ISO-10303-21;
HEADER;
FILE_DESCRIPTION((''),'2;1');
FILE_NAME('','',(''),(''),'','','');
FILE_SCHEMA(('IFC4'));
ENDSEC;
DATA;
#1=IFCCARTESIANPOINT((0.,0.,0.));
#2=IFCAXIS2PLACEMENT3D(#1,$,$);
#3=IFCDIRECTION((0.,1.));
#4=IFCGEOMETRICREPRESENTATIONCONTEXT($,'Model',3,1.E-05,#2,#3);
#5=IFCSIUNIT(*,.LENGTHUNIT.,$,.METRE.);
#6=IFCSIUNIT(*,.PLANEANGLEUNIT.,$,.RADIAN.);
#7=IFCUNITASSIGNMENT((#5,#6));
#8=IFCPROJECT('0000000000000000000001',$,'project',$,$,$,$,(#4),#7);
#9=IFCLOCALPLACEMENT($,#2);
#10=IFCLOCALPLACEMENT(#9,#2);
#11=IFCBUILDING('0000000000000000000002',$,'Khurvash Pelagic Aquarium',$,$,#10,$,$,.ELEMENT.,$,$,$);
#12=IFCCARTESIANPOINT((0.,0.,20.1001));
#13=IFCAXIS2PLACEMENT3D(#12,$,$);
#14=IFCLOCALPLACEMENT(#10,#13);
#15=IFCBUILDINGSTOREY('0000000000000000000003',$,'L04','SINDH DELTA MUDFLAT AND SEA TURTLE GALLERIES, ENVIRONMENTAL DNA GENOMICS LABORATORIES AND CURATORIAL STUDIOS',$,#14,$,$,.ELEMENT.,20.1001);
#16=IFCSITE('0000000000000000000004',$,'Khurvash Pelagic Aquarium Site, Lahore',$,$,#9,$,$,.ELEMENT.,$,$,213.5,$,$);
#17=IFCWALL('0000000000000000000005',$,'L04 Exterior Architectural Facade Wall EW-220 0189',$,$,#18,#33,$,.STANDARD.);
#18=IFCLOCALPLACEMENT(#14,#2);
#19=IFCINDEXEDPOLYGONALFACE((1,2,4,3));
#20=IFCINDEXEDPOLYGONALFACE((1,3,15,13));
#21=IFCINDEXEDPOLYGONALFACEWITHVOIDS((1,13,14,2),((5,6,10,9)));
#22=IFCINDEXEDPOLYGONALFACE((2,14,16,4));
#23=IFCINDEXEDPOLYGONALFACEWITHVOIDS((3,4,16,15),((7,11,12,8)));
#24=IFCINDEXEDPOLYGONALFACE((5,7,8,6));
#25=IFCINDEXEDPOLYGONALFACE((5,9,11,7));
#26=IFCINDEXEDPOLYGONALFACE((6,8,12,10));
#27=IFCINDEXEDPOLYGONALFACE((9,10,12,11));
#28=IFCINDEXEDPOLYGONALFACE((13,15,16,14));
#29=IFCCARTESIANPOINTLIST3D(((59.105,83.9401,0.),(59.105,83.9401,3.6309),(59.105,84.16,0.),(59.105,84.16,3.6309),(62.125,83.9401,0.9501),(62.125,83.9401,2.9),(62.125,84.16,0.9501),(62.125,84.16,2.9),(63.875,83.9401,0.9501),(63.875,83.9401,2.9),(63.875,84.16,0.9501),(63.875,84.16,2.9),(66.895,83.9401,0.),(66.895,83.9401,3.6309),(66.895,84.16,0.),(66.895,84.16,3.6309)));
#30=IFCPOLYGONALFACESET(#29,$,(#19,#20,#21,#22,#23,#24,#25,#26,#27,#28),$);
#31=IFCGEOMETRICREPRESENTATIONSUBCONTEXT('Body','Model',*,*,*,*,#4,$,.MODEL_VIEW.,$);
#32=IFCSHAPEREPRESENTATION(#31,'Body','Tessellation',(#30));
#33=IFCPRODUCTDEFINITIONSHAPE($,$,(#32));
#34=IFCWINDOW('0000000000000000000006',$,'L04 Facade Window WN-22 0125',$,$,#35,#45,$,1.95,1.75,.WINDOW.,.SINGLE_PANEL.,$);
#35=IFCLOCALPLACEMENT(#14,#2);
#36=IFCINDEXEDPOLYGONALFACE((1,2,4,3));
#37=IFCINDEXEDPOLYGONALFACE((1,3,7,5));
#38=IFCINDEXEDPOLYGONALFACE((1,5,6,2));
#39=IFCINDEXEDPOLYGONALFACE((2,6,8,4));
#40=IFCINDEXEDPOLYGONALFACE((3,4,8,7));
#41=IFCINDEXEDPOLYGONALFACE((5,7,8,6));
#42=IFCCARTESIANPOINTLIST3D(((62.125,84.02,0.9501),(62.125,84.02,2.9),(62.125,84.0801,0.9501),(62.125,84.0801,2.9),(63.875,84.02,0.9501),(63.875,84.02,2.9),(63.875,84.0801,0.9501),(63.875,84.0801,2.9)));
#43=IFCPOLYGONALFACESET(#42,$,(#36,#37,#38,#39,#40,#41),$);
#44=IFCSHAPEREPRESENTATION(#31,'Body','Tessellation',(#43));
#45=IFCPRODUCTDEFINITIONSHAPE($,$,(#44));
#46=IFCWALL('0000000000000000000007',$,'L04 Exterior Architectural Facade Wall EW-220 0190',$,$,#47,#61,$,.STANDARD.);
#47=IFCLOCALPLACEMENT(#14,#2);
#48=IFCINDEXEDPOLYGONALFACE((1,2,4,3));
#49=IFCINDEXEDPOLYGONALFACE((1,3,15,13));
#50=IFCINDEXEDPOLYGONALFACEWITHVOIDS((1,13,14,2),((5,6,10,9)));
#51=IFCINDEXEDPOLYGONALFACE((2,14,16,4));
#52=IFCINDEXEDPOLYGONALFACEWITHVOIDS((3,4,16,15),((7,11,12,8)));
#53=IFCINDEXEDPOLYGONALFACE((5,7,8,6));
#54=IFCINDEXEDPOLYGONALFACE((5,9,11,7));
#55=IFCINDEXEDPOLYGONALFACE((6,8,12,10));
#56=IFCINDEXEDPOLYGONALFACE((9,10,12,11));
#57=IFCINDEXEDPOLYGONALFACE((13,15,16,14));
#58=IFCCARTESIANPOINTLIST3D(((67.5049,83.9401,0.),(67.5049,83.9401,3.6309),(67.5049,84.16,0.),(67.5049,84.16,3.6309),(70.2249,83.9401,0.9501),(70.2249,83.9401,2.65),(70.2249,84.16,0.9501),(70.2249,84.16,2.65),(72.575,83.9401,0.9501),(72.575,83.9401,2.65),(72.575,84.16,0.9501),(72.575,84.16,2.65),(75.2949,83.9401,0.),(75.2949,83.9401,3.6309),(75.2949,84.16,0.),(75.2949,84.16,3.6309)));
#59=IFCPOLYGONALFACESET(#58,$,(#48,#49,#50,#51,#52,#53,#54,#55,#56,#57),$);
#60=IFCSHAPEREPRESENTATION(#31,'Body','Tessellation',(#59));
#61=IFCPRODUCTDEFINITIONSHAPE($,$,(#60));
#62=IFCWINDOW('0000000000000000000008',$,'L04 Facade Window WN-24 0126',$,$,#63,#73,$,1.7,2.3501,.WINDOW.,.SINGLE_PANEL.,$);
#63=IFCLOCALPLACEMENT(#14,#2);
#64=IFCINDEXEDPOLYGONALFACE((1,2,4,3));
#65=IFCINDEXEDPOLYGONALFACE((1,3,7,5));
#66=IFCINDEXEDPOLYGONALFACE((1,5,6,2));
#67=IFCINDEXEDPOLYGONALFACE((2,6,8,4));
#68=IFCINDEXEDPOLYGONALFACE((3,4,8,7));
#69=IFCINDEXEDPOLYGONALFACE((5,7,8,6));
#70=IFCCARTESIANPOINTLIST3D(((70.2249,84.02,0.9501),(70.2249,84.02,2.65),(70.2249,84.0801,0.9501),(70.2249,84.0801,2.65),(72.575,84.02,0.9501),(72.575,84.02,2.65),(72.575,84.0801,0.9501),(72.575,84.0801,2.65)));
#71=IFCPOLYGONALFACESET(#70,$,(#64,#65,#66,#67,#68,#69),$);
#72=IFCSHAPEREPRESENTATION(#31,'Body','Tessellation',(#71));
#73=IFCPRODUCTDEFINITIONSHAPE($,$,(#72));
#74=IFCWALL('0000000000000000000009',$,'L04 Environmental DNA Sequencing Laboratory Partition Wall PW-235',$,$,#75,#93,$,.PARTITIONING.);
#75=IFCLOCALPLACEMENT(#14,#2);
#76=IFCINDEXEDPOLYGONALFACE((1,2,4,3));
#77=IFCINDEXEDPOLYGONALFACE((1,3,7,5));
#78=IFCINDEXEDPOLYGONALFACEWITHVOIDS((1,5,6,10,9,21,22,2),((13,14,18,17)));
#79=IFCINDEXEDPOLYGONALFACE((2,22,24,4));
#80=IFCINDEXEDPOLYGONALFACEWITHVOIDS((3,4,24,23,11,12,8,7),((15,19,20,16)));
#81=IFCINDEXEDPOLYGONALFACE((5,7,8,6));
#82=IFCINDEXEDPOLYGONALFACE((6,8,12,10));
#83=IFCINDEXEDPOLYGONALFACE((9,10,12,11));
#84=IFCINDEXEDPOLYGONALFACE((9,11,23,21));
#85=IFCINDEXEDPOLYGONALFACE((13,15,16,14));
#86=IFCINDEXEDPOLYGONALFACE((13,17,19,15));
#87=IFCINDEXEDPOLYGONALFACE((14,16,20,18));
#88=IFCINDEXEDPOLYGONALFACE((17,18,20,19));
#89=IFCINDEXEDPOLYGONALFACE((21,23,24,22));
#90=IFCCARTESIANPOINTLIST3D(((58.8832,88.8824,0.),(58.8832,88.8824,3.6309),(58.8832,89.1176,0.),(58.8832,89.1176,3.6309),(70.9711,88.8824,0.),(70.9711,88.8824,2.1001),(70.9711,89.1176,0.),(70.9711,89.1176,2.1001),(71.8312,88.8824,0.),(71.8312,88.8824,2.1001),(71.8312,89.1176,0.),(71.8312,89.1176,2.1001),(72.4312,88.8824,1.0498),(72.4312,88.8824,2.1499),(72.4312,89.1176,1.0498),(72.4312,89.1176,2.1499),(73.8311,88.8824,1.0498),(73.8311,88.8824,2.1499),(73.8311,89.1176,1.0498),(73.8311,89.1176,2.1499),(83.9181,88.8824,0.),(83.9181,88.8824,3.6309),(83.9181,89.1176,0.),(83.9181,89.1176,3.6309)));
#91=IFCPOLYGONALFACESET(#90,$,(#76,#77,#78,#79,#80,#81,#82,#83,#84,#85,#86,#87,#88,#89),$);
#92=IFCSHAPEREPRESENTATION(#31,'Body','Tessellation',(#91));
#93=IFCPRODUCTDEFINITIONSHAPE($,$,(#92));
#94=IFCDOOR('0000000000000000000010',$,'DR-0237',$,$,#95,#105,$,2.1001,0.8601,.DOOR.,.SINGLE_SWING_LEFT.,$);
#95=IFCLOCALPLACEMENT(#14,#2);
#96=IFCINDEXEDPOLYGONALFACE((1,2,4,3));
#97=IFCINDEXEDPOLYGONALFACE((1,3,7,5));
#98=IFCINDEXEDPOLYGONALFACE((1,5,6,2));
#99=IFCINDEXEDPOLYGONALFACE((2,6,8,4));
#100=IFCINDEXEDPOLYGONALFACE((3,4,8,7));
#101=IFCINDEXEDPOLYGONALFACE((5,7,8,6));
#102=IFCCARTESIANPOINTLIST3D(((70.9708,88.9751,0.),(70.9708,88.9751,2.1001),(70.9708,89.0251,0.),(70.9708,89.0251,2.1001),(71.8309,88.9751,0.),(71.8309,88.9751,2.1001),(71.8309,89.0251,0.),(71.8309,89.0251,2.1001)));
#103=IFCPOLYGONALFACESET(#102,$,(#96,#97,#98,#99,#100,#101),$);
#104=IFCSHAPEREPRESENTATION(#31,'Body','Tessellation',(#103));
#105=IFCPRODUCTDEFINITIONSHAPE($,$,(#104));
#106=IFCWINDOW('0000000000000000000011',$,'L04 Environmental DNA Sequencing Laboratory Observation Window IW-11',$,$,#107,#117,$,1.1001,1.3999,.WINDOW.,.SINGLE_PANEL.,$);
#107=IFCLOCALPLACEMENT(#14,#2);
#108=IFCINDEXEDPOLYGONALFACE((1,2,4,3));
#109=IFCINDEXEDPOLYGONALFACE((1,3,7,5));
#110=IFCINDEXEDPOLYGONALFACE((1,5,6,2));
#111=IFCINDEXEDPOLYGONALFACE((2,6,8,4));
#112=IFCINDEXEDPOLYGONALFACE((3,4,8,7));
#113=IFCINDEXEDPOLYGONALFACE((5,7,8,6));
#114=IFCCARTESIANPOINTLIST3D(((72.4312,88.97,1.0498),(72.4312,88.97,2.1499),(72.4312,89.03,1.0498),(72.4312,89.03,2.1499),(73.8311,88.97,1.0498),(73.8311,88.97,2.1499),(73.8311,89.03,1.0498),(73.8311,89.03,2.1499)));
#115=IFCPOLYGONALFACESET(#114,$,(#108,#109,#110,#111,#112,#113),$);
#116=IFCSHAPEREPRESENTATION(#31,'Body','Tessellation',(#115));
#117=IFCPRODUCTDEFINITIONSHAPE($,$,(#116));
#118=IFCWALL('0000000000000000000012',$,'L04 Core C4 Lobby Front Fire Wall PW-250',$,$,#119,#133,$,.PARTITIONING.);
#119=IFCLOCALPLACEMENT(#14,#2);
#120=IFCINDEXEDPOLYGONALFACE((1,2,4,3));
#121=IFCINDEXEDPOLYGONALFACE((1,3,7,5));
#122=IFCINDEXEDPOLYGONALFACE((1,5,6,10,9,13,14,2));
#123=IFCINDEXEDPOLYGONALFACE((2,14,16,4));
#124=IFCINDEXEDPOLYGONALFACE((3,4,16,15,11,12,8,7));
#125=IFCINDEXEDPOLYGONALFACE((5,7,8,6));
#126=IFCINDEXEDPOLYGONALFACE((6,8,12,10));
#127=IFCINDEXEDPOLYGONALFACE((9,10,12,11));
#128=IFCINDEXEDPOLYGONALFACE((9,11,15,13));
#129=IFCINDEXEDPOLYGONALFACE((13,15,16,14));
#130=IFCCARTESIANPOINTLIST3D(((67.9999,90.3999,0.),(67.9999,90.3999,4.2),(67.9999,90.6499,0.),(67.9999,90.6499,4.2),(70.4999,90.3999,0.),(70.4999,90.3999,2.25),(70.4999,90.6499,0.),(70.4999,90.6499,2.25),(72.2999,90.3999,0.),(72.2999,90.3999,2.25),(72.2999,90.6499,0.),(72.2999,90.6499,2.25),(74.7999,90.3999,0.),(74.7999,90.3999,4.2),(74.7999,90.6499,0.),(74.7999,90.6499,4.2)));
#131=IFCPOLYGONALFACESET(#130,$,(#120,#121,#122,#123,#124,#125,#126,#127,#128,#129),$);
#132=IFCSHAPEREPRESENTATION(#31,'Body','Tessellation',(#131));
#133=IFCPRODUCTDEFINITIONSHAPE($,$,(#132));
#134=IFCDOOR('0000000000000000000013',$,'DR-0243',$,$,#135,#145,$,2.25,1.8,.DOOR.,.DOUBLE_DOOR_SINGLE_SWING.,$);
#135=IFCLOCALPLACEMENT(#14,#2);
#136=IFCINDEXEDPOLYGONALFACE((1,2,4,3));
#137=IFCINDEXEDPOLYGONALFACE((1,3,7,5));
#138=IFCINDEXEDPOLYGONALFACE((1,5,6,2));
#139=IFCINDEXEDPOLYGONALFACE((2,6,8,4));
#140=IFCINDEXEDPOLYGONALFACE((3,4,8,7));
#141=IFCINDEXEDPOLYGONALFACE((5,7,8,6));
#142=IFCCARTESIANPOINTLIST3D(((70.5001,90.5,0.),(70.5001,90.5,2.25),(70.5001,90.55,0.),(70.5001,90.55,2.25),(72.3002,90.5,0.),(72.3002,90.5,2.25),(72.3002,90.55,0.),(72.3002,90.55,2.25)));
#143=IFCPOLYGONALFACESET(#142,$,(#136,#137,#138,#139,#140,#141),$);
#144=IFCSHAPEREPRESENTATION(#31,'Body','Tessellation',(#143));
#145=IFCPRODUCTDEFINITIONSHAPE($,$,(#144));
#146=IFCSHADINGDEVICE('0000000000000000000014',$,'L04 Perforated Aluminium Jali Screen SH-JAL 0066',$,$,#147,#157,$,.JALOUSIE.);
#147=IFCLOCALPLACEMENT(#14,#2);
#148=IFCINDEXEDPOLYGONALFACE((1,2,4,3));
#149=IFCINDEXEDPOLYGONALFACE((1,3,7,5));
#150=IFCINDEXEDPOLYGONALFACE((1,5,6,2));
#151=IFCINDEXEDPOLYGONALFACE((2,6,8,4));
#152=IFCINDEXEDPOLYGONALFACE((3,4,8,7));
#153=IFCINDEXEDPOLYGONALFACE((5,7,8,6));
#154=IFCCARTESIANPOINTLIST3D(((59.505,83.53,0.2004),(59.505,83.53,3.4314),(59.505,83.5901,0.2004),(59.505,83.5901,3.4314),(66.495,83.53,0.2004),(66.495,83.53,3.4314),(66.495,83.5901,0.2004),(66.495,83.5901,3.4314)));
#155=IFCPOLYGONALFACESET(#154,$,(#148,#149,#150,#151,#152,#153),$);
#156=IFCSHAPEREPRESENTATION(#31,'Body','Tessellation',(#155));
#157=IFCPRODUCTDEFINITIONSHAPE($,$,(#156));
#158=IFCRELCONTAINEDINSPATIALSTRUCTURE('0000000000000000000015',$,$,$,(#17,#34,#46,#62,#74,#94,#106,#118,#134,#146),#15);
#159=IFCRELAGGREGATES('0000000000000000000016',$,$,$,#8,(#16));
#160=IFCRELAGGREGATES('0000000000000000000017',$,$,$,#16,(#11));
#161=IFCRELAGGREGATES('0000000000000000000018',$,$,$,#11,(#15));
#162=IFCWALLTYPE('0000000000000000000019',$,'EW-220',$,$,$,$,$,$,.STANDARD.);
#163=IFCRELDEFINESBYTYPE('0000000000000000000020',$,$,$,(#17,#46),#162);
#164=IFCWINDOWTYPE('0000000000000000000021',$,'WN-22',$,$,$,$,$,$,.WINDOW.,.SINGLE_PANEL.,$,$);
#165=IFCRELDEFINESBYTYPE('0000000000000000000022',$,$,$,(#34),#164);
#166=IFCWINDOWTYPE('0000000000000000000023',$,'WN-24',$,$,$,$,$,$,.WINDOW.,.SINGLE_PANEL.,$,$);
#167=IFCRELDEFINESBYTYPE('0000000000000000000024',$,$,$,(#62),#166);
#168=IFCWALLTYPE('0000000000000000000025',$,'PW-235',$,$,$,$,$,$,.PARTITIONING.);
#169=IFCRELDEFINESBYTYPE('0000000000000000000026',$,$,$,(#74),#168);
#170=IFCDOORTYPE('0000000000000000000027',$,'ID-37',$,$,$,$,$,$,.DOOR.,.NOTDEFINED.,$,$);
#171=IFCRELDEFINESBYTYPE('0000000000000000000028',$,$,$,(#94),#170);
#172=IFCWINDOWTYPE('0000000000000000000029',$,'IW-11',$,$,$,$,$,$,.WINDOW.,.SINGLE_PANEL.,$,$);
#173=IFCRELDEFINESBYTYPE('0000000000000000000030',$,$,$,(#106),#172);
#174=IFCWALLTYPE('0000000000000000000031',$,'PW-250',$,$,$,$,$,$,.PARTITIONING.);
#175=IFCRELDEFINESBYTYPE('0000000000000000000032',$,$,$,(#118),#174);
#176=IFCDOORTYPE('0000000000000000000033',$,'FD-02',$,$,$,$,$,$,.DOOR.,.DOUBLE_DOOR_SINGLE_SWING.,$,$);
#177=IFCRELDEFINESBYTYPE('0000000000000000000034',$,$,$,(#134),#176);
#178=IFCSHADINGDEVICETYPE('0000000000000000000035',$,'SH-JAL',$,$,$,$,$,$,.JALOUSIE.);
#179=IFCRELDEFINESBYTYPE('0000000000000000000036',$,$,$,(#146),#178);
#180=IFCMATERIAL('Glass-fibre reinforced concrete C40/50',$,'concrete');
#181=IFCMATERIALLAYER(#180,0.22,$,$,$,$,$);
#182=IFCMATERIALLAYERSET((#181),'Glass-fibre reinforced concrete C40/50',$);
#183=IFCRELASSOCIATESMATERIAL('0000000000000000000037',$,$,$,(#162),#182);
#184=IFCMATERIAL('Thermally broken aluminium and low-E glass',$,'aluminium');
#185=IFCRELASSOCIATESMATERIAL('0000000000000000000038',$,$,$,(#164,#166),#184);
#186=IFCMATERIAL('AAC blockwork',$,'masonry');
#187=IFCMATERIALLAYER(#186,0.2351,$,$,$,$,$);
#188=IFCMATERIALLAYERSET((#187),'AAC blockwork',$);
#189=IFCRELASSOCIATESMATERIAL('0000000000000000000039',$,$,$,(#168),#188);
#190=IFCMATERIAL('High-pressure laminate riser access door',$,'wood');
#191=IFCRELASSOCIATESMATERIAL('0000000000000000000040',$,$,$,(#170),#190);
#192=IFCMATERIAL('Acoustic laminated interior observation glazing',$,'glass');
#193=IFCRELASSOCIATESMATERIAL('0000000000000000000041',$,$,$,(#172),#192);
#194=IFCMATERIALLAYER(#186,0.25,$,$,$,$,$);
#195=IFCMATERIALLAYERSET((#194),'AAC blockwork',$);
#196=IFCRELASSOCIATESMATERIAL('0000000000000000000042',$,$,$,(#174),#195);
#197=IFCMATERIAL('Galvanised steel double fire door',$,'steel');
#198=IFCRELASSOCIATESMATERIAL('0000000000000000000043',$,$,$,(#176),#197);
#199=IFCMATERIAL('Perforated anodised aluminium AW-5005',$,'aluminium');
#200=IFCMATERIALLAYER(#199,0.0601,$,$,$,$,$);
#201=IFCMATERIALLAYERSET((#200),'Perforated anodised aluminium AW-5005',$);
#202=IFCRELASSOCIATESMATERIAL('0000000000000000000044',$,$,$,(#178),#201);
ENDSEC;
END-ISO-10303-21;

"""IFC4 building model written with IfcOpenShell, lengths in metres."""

from ifc_helpers import new_model, si_unit, direction, frame, frame_2d, origin, origin_2d, place, context, subcontext, project, spatial, rectangle, extrude, material, layer, layer_set, type_object, element, fill, save


model = new_model("IFC4")

# Units and contexts
model_context = context("Model", 3, precision=1e-05, world=origin(), true_north=direction((0.0, 1.0)))
body_context = subcontext(model_context, "Body", "Model", "MODEL_VIEW")
ifc_project = project(units=[si_unit("LENGTHUNIT", "METRE"), si_unit("PLANEANGLEUNIT", "RADIAN")], contexts=[model_context])

# Site, building, storey
site_placement = place(None, origin())
site = spatial("IfcSite", under=ifc_project, at=site_placement, Name="Khurvash Pelagic Aquarium Site, Lahore", CompositionType="ELEMENT", RefElevation=213.5)
building_placement = place(site_placement, origin())
building = spatial("IfcBuilding", under=site, at=building_placement, Name="Khurvash Pelagic Aquarium", CompositionType="ELEMENT")
storey_placement = place(building_placement, frame((0.0, 0.0, 20.1001)))
storey = spatial("IfcBuildingStorey", under=building, at=storey_placement, Name="L04", Description="SINDH DELTA MUDFLAT AND SEA TURTLE GALLERIES, ENVIRONMENTAL DNA GENOMICS LABORATORIES AND CURATORIAL STUDIOS", CompositionType="ELEMENT", Elevation=20.1001)

# Walls, openings, windows
ifc_material_1 = material(Name="Glass-fibre reinforced concrete C40/50", Category="concrete")
ifc_layer_1 = layer(ifc_material_1, 0.22)
ifc_layer_set_1 = layer_set([ifc_layer_1], Name="Glass-fibre reinforced concrete C40/50")
wall_type_1 = type_object("IfcWallType", Name="EW-220", PredefinedType="STANDARD", material=ifc_layer_set_1)
wall_1_placement = place(storey_placement, frame((59.105, 84.05, 0.0), z_axis=(0.0, 0.0, 1.0), x_axis=(1.0, 0.0, 0.0)))
wall_1 = element("IfcWall", 1, at=wall_1_placement, inside=storey, type_object=wall_type_1, Name="L04 Exterior Architectural Facade Wall EW-220 0189", PredefinedType="STANDARD", context=body_context, shape_type="SweptSolid", body=[
    extrude(rectangle(XDim=7.79, YDim=0.22, at=frame_2d((3.895, 0.0))), origin(), (0.0, 0.0, 1.0), 3.6309),
])
opening_1_placement = place(wall_1_placement, frame((3.02, 0.0, 0.95)))
opening_1 = element("IfcOpeningElement", 2, at=opening_1_placement, cuts=wall_1, PredefinedType="OPENING", context=body_context, shape_type="SweptSolid", body=[
    extrude(rectangle(XDim=1.75, YDim=1.95, at=frame_2d((0.875, 0.9751))), frame((0.0, 0.1201, 0.0), z_axis=(0.0, -1.0, 0.0), x_axis=(1.0, 0.0, 0.0)), (0.0, 0.0, 1.0), 0.24),
])
ifc_material_2 = material(Name="Thermally broken aluminium and low-E glass", Category="aluminium")
window_type_1 = type_object("IfcWindowType", Name="WN-22", PartitioningType="SINGLE_PANEL", PredefinedType="WINDOW", material=ifc_material_2)
window_1_placement = place(opening_1_placement, origin())
window_1 = element("IfcWindow", 3, at=window_1_placement, inside=storey, type_object=window_type_1, Name="L04 Facade Window WN-22 0125", OverallHeight=1.95, OverallWidth=1.75, PartitioningType="SINGLE_PANEL", PredefinedType="WINDOW", context=body_context, shape_type="SweptSolid", body=[
    extrude(rectangle(XDim=1.75, YDim=1.95, at=frame_2d((0.875, 0.9751))), frame((0.0, 0.03, 0.0), z_axis=(0.0, -1.0, 0.0), x_axis=(1.0, 0.0, 0.0)), (0.0, 0.0, 1.0), 0.0601),
])
fill(opening_1, window_1)
wall_2_placement = place(storey_placement, frame((67.5049, 84.05, 0.0), z_axis=(0.0, 0.0, 1.0), x_axis=(1.0, 0.0, 0.0)))
wall_2 = element("IfcWall", 4, at=wall_2_placement, inside=storey, type_object=wall_type_1, Name="L04 Exterior Architectural Facade Wall EW-220 0190", PredefinedType="STANDARD", context=body_context, shape_type="SweptSolid", body=[
    extrude(rectangle(XDim=7.79, YDim=0.22, at=frame_2d((3.895, 0.0))), origin(), (0.0, 0.0, 1.0), 3.6309),
])
opening_2_placement = place(wall_2_placement, frame((2.72, 0.0, 0.95)))
opening_2 = element("IfcOpeningElement", 5, at=opening_2_placement, cuts=wall_2, PredefinedType="OPENING", context=body_context, shape_type="SweptSolid", body=[
    extrude(rectangle(XDim=2.3501, YDim=1.7, at=frame_2d((1.175, 0.8501))), frame((0.0, 0.1201, 0.0), z_axis=(0.0, -1.0, 0.0), x_axis=(1.0, 0.0, 0.0)), (0.0, 0.0, 1.0), 0.24),
])
window_type_2 = type_object("IfcWindowType", Name="WN-24", PartitioningType="SINGLE_PANEL", PredefinedType="WINDOW", material=ifc_material_2)
window_2_placement = place(opening_2_placement, origin())
window_2 = element("IfcWindow", 6, at=window_2_placement, inside=storey, type_object=window_type_2, Name="L04 Facade Window WN-24 0126", OverallHeight=1.7, OverallWidth=2.3501, PartitioningType="SINGLE_PANEL", PredefinedType="WINDOW", context=body_context, shape_type="SweptSolid", body=[
    extrude(rectangle(XDim=2.3501, YDim=1.7, at=frame_2d((1.175, 0.8501))), frame((0.0, 0.03, 0.0), z_axis=(0.0, -1.0, 0.0), x_axis=(1.0, 0.0, 0.0)), (0.0, 0.0, 1.0), 0.0601),
])
fill(opening_2, window_2)

# Wall, openings, door, window
ifc_material_3 = material(Name="AAC blockwork", Category="masonry")
ifc_layer_2 = layer(ifc_material_3, 0.2351)
ifc_layer_set_2 = layer_set([ifc_layer_2], Name="AAC blockwork")
wall_type_2 = type_object("IfcWallType", Name="PW-235", PredefinedType="PARTITIONING", material=ifc_layer_set_2)
wall_3_placement = place(storey_placement, frame((58.8831, 89.0, 0.0), z_axis=(0.0, 0.0, 1.0), x_axis=(1.0, 0.0, 0.0)))
wall_3 = element("IfcWall", 7, at=wall_3_placement, inside=storey, type_object=wall_type_2, Name="L04 Environmental DNA Sequencing Laboratory Partition Wall PW-235", PredefinedType="PARTITIONING", context=body_context, shape_type="SweptSolid", body=[
    extrude(rectangle(XDim=25.0349, YDim=0.2351, at=frame_2d((12.5176, 0.0))), origin(), (0.0, 0.0, 1.0), 3.6309),
])
opening_3_placement = place(wall_3_placement, frame((12.0879, 0.0, 0.0)))
opening_3 = element("IfcOpeningElement", 8, at=opening_3_placement, cuts=wall_3, PredefinedType="OPENING", context=body_context, shape_type="SweptSolid", body=[
    extrude(rectangle(XDim=0.8601, YDim=2.1001, at=frame_2d((0.4302, 1.05))), frame((0.0, 0.1274, 0.0), z_axis=(0.0, -1.0, 0.0), x_axis=(1.0, 0.0, 0.0)), (0.0, 0.0, 1.0), 0.2551),
])
opening_4_placement = place(wall_3_placement, frame((13.5481, 0.0, 1.0498)))
opening_4 = element("IfcOpeningElement", 9, at=opening_4_placement, cuts=wall_3, PredefinedType="OPENING", context=body_context, shape_type="SweptSolid", body=[
    extrude(rectangle(XDim=1.3999, YDim=1.1001, at=frame_2d((0.7, 0.55))), frame((0.0, 0.1274, 0.0), z_axis=(0.0, -1.0, 0.0), x_axis=(1.0, 0.0, 0.0)), (0.0, 0.0, 1.0), 0.2551),
])
ifc_material_4 = material(Name="High-pressure laminate riser access door", Category="wood")
door_type_1 = type_object("IfcDoorType", Name="ID-37", OperationType="NOTDEFINED", PredefinedType="DOOR", material=ifc_material_4)
door_1_placement = place(opening_3_placement, frame((0.8601, 0.0, 0.0), z_axis=(0.0, 0.0, 1.0), x_axis=(-1.0, 0.0, 0.0)))
door_1 = element("IfcDoor", 10, at=door_1_placement, inside=storey, type_object=door_type_1, Name="DR-0237", OperationType="SINGLE_SWING_LEFT", OverallHeight=2.1001, OverallWidth=0.8601, PredefinedType="DOOR", context=body_context, shape_type="SweptSolid", body=[
    extrude(rectangle(XDim=0.8601, YDim=2.1001, at=frame_2d((0.4302, 1.05))), frame((0.0, 0.0249, 0.0), z_axis=(0.0, -1.0, 0.0), x_axis=(1.0, 0.0, 0.0)), (0.0, 0.0, 1.0), 0.05),
])
fill(opening_3, door_1)
ifc_material_5 = material(Name="Acoustic laminated interior observation glazing", Category="glass")
window_type_3 = type_object("IfcWindowType", Name="IW-11", PartitioningType="SINGLE_PANEL", PredefinedType="WINDOW", material=ifc_material_5)
window_3_placement = place(opening_4_placement, origin())
window_3 = element("IfcWindow", 11, at=window_3_placement, inside=storey, type_object=window_type_3, Name="L04 Environmental DNA Sequencing Laboratory Observation Window IW-11", OverallHeight=1.1001, OverallWidth=1.3999, PartitioningType="SINGLE_PANEL", PredefinedType="WINDOW", context=body_context, shape_type="SweptSolid", body=[
    extrude(rectangle(XDim=1.3999, YDim=1.1001, at=frame_2d((0.7, 0.55))), frame((0.0, 0.03, 0.0), z_axis=(0.0, -1.0, 0.0), x_axis=(1.0, 0.0, 0.0)), (0.0, 0.0, 1.0), 0.0601),
])
fill(opening_4, window_3)

# Wall, opening, door
ifc_layer_3 = layer(ifc_material_3, 0.25)
ifc_layer_set_3 = layer_set([ifc_layer_3], Name="AAC blockwork")
wall_type_3 = type_object("IfcWallType", Name="PW-250", PredefinedType="PARTITIONING", material=ifc_layer_set_3)
wall_4_placement = place(storey_placement, frame((68.0, 90.5249, 0.0), z_axis=(0.0, 0.0, 1.0), x_axis=(1.0, 0.0, 0.0)))
wall_4 = element("IfcWall", 12, at=wall_4_placement, inside=storey, type_object=wall_type_3, Name="L04 Core C4 Lobby Front Fire Wall PW-250", PredefinedType="PARTITIONING", context=body_context, shape_type="SweptSolid", body=[
    extrude(rectangle(XDim=6.8, YDim=0.25, at=frame_2d((3.3999, 0.0))), origin(), (0.0, 0.0, 1.0), 4.2),
])
opening_5_placement = place(wall_4_placement, frame((2.5, 0.0, 0.0)))
opening_5 = element("IfcOpeningElement", 13, at=opening_5_placement, cuts=wall_4, PredefinedType="OPENING", context=body_context, shape_type="SweptSolid", body=[
    extrude(rectangle(XDim=1.8, YDim=2.25, at=frame_2d((0.8999, 1.125))), frame((0.0, 0.135, 0.0), z_axis=(0.0, -1.0, 0.0), x_axis=(1.0, 0.0, 0.0)), (0.0, 0.0, 1.0), 0.27),
])
ifc_material_6 = material(Name="Galvanised steel double fire door", Category="steel")
door_type_2 = type_object("IfcDoorType", Name="FD-02", OperationType="DOUBLE_DOOR_SINGLE_SWING", PredefinedType="DOOR", material=ifc_material_6)
door_2_placement = place(opening_5_placement, frame((1.8, 0.0, 0.0), z_axis=(0.0, 0.0, 1.0), x_axis=(-1.0, 0.0, 0.0)))
door_2 = element("IfcDoor", 14, at=door_2_placement, inside=storey, type_object=door_type_2, Name="DR-0243", OperationType="DOUBLE_DOOR_SINGLE_SWING", OverallHeight=2.25, OverallWidth=1.8, PredefinedType="DOOR", context=body_context, shape_type="SweptSolid", body=[
    extrude(rectangle(XDim=1.8, YDim=2.25, at=frame_2d((0.8999, 1.125))), frame((0.0, 0.0249, 0.0), z_axis=(0.0, -1.0, 0.0), x_axis=(1.0, 0.0, 0.0)), (0.0, 0.0, 1.0), 0.05),
])
fill(opening_5, door_2)

# Shading device
ifc_material_7 = material(Name="Perforated anodised aluminium AW-5005", Category="aluminium")
ifc_layer_4 = layer(ifc_material_7, 0.0601)
ifc_layer_set_4 = layer_set([ifc_layer_4], Name="Perforated anodised aluminium AW-5005")
shading_device_type = type_object("IfcShadingDeviceType", Name="SH-JAL", PredefinedType="JALOUSIE", material=ifc_layer_set_4)
shading_device_placement = place(storey_placement, frame((63.0, 83.5601, 0.2004), z_axis=(0.0, 0.0, 1.0), x_axis=(1.0, 0.0, 0.0)))
element("IfcShadingDevice", 15, at=shading_device_placement, inside=storey, type_object=shading_device_type, Name="L04 Perforated Aluminium Jali Screen SH-JAL 0066", PredefinedType="JALOUSIE", context=body_context, shape_type="SweptSolid", body=[
    extrude(rectangle(XDim=6.99, YDim=0.0601, at=origin_2d()), origin(), (0.0, 0.0, 1.0), 3.231),
])

save(model, "model.ifc")
